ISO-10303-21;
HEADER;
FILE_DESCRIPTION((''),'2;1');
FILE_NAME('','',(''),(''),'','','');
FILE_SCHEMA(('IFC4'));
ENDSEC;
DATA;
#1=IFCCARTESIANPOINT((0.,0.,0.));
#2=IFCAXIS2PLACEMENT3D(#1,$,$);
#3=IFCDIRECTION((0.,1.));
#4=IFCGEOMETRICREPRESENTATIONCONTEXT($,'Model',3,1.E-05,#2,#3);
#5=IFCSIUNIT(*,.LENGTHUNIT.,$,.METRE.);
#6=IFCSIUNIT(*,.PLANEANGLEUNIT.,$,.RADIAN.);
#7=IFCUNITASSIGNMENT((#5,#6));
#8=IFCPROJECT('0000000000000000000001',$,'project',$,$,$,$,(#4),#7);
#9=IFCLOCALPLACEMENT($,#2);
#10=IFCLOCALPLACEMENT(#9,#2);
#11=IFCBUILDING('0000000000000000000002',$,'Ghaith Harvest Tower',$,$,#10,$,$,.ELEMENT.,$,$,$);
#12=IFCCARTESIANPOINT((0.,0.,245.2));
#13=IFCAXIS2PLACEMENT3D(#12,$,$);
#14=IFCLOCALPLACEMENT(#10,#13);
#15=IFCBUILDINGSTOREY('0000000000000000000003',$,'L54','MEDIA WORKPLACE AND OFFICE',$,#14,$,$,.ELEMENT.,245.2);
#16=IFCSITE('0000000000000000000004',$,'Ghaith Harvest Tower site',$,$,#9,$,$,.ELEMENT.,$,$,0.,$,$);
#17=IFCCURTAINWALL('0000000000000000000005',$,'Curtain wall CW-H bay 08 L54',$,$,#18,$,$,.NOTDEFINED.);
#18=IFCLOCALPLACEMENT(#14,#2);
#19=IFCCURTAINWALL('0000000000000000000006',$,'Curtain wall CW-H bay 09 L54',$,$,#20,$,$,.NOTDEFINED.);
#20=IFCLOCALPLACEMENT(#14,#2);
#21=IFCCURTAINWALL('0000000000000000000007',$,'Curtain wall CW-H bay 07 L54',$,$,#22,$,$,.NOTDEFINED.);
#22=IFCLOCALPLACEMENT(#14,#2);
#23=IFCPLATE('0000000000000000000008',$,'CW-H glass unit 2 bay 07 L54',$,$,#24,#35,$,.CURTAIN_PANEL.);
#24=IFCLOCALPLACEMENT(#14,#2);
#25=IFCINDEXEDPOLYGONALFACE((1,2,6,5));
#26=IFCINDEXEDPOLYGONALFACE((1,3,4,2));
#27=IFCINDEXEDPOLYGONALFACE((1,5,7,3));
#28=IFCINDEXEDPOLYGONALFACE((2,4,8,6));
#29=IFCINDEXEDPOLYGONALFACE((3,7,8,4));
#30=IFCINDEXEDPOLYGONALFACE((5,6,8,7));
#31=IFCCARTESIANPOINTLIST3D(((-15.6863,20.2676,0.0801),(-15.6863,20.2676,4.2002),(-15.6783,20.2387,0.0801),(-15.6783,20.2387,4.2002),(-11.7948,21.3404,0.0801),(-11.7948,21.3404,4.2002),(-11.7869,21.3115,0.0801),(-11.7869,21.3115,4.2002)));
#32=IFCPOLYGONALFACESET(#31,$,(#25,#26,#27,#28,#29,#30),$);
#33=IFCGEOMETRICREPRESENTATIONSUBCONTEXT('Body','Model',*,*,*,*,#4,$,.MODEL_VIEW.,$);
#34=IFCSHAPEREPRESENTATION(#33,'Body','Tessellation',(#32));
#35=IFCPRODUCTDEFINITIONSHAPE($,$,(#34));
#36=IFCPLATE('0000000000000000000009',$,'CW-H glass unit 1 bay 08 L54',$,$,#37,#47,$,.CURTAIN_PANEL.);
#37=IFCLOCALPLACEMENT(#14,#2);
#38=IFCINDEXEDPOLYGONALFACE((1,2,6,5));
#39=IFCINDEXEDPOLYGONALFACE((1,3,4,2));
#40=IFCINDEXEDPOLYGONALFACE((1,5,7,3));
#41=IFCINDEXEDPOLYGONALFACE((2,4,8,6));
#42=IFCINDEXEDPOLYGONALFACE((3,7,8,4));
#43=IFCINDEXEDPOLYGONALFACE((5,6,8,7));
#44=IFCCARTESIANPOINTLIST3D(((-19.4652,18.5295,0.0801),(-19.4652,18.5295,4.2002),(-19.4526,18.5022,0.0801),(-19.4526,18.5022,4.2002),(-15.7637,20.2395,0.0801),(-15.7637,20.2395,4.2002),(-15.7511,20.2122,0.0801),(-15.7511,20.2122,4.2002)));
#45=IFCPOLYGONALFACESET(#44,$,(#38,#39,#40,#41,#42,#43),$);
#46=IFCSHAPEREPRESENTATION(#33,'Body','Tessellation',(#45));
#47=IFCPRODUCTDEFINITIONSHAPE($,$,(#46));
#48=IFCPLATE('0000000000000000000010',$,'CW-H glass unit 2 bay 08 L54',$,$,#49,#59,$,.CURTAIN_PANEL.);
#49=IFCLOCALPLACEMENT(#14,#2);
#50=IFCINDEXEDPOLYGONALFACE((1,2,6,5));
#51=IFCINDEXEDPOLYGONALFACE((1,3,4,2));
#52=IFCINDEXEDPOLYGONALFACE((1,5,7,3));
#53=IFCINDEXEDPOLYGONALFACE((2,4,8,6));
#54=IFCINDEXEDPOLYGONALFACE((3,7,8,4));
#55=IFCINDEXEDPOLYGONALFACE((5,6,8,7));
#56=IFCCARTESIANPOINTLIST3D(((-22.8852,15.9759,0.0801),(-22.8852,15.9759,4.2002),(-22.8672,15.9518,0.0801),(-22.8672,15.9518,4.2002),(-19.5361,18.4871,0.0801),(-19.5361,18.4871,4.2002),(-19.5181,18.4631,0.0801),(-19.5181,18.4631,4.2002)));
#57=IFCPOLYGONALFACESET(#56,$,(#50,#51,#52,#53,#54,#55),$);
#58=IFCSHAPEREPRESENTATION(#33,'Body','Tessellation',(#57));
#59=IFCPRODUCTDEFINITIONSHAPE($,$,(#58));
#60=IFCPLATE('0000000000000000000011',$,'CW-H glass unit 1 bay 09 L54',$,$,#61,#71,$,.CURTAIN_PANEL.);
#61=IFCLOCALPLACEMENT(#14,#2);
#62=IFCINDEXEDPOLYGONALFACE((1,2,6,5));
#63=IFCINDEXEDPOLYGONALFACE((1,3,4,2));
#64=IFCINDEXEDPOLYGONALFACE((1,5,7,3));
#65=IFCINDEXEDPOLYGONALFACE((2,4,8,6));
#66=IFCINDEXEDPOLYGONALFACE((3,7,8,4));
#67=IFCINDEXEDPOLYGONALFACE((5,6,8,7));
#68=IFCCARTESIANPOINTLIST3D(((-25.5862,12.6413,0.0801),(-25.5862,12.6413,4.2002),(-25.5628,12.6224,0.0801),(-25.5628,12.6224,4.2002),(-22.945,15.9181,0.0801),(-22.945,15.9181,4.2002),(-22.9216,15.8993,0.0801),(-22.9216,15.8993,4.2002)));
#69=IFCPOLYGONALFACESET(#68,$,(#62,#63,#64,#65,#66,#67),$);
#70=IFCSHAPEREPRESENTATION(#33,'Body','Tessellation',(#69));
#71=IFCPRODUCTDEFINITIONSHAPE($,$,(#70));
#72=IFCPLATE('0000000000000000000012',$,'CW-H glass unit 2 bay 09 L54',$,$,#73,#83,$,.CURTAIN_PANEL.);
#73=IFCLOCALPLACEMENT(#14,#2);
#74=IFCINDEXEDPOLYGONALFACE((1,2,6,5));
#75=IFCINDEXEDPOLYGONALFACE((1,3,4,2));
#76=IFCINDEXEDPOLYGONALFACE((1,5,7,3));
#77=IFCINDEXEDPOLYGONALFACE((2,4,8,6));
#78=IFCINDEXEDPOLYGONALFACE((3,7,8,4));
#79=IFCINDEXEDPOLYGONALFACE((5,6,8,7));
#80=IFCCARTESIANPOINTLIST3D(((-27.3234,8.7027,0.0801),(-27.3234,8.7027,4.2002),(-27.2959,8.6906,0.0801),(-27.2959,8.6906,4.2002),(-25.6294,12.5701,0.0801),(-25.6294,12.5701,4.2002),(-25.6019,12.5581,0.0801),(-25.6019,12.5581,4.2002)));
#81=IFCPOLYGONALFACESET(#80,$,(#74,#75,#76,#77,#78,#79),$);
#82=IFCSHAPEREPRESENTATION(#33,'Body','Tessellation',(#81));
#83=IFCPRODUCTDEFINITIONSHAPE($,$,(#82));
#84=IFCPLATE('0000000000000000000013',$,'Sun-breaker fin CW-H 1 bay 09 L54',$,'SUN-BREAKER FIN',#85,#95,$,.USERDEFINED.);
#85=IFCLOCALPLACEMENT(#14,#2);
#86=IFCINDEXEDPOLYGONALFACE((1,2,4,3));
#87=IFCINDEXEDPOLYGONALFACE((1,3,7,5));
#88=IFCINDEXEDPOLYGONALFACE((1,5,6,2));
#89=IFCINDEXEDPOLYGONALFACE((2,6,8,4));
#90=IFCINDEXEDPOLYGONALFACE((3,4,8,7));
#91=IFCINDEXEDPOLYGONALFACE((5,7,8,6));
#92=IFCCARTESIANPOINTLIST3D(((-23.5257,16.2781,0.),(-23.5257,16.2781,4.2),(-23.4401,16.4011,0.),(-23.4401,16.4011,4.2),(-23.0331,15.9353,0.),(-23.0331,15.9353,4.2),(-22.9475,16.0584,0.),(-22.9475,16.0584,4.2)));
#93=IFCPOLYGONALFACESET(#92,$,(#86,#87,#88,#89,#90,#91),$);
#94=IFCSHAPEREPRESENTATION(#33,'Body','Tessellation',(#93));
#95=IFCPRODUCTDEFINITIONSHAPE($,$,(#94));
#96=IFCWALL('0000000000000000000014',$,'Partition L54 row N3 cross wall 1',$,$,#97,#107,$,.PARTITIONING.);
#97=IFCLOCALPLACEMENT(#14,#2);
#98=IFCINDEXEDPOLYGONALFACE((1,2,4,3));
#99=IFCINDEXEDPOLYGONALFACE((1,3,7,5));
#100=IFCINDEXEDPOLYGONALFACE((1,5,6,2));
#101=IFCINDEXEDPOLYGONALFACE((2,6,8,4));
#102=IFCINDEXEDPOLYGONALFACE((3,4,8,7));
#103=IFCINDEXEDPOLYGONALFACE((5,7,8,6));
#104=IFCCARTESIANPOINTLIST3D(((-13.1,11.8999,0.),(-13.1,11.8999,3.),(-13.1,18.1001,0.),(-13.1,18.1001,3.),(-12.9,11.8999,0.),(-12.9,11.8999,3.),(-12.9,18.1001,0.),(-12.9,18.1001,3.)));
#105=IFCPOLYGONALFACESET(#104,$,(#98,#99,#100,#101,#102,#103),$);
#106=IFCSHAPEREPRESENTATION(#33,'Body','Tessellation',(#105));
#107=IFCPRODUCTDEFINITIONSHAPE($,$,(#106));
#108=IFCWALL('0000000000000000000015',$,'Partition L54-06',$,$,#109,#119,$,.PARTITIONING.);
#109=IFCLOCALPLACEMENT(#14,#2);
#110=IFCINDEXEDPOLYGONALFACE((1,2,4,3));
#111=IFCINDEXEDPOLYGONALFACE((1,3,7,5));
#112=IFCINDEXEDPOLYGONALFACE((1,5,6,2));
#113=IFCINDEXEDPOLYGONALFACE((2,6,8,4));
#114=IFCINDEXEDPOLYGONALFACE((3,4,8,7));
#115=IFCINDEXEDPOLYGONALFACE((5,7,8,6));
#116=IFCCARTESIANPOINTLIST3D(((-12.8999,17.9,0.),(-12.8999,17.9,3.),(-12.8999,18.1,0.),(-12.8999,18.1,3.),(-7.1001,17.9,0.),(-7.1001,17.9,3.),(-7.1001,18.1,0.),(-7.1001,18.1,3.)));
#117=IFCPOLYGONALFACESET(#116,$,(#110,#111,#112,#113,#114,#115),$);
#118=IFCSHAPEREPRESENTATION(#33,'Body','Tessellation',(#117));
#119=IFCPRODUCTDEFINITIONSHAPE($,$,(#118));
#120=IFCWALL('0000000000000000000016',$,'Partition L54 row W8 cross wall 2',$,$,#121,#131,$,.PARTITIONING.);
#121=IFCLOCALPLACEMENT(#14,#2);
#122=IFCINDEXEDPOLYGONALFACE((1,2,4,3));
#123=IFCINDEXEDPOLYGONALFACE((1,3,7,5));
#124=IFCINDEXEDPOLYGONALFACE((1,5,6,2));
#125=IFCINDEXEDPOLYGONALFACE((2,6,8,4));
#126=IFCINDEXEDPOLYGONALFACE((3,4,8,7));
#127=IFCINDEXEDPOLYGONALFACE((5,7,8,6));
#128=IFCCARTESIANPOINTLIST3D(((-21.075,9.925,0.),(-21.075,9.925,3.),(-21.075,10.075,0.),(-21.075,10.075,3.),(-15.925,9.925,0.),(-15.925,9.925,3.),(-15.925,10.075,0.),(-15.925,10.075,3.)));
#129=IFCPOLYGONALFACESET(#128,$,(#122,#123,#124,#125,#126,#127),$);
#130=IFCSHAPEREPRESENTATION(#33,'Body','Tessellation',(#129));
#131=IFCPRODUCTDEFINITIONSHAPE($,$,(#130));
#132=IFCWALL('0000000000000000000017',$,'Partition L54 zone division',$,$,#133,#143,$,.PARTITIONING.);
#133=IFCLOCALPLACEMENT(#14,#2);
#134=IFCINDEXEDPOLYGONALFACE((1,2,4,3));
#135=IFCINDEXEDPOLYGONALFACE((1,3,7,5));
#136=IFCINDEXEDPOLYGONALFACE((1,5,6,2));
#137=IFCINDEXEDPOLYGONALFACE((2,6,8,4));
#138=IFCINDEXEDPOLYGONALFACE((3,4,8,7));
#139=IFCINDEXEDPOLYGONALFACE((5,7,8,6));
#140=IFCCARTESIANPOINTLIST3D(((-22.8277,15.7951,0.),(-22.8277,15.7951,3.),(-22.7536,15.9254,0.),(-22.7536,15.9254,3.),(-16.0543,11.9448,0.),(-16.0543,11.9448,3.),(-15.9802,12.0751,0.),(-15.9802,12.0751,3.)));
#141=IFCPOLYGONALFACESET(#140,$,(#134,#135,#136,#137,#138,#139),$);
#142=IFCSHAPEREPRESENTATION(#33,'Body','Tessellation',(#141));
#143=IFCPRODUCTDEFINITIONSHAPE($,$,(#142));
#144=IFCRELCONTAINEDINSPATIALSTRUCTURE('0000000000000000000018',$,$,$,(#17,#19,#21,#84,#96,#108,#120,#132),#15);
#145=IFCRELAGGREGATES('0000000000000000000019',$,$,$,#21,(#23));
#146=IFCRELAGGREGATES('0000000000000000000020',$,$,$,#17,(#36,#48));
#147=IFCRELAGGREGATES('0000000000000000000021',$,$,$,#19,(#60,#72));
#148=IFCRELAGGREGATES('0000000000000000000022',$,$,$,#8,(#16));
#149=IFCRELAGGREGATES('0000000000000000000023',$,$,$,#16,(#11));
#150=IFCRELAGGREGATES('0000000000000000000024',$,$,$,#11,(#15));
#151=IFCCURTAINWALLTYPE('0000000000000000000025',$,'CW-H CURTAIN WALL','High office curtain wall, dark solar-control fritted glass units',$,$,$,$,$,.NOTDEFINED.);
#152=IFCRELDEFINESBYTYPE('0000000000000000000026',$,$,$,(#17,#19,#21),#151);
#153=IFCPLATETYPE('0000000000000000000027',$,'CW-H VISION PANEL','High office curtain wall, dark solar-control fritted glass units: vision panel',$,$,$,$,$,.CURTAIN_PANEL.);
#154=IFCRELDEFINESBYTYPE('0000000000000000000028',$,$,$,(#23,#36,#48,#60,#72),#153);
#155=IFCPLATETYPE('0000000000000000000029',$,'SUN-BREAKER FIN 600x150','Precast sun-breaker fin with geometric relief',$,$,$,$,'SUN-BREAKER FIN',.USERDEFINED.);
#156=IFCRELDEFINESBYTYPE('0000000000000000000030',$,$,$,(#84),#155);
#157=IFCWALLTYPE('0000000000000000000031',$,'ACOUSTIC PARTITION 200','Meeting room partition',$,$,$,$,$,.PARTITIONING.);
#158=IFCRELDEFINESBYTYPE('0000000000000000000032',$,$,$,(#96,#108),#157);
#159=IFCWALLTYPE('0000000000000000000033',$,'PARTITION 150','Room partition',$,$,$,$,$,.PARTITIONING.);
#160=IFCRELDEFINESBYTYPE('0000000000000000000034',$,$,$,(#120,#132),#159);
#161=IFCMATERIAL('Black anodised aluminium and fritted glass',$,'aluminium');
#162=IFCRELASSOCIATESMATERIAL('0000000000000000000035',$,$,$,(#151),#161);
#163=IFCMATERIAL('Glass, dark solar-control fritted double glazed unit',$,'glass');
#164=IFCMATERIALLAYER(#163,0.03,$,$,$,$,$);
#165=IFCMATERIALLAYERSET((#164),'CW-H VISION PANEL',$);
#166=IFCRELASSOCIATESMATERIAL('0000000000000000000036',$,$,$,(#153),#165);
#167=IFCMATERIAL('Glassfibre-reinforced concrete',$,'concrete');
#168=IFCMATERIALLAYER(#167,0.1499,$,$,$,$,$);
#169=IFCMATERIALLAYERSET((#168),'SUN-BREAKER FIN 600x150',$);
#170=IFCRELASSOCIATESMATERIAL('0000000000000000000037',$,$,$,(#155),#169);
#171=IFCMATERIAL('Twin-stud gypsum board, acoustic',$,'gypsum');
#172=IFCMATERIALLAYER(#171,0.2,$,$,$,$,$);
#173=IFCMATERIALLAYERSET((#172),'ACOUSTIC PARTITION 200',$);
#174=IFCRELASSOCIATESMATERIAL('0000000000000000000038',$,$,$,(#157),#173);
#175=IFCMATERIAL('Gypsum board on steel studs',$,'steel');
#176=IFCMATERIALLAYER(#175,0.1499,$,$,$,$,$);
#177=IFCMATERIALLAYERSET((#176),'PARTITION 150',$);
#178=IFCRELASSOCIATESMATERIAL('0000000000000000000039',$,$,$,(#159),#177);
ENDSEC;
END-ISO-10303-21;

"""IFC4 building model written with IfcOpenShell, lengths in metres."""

from ifc_helpers import new_model, si_unit, direction, frame, frame_2d, origin, origin_2d, place, context, subcontext, project, spatial, rectangle, extrude, material, layer, layer_set, type_object, element, aggregate, save


model = new_model("IFC4")

# Units and contexts
model_context = context("Model", 3, precision=1e-05, world=origin(), true_north=direction((0.0, 1.0)))
body_context = subcontext(model_context, "Body", "Model", "MODEL_VIEW")
ifc_project = project(units=[si_unit("LENGTHUNIT", "METRE"), si_unit("PLANEANGLEUNIT", "RADIAN")], contexts=[model_context])

# Site, building, storey
site_placement = place(None, origin())
site = spatial("IfcSite", under=ifc_project, at=site_placement, Name="Ghaith Harvest Tower site", CompositionType="ELEMENT", RefElevation=0.0)
building_placement = place(site_placement, origin())
building = spatial("IfcBuilding", under=site, at=building_placement, Name="Ghaith Harvest Tower", CompositionType="ELEMENT")
storey_placement = place(building_placement, frame((0.0, 0.0, 245.2)))
storey = spatial("IfcBuildingStorey", under=building, at=storey_placement, Name="L54", Description="MEDIA WORKPLACE AND OFFICE", CompositionType="ELEMENT", Elevation=245.2)

# Curtain walls
ifc_material_1 = material(Name="Black anodised aluminium and fritted glass", Category="aluminium")
curtain_wall_type = type_object("IfcCurtainWallType", Name="CW-H CURTAIN WALL", Description="High office curtain wall, dark solar-control fritted glass units", PredefinedType="NOTDEFINED", material=ifc_material_1)
curtain_wall_1_placement = place(storey_placement, origin())
curtain_wall_1 = element("IfcCurtainWall", 1, at=curtain_wall_1_placement, inside=storey, type_object=curtain_wall_type, Name="Curtain wall CW-H bay 08 L54", PredefinedType="NOTDEFINED")
curtain_wall_2_placement = place(storey_placement, origin())
curtain_wall_2 = element("IfcCurtainWall", 2, at=curtain_wall_2_placement, inside=storey, type_object=curtain_wall_type, Name="Curtain wall CW-H bay 09 L54", PredefinedType="NOTDEFINED")

# Curtain wall
curtain_wall_3_placement = place(storey_placement, origin())
curtain_wall_3 = element("IfcCurtainWall", 3, at=curtain_wall_3_placement, inside=storey, type_object=curtain_wall_type, Name="Curtain wall CW-H bay 07 L54", PredefinedType="NOTDEFINED")

# Plates
ifc_material_2 = material(Name="Glass, dark solar-control fritted double glazed unit", Category="glass")
ifc_layer_1 = layer(ifc_material_2, 0.03)
ifc_layer_set_1 = layer_set([ifc_layer_1], Name="CW-H VISION PANEL")
plate_type_1 = type_object("IfcPlateType", Name="CW-H VISION PANEL", Description="High office curtain wall, dark solar-control fritted glass units: vision panel", PredefinedType="CURTAIN_PANEL", material=ifc_layer_set_1)
plate_1_placement = place(storey_placement, frame((-13.7366, 20.7896, 0.0801), z_axis=(0.0, 0.0, 1.0), x_axis=(-0.964034, -0.265779, 0.0)))
plate_1 = element("IfcPlate", 4, at=plate_1_placement, type_object=plate_type_1, Name="CW-H glass unit 2 bay 07 L54", PredefinedType="CURTAIN_PANEL", context=body_context, shape_type="SweptSolid", body=[
    extrude(rectangle(XDim=4.0366, YDim=0.03, at=origin_2d()), origin(), (0.0, 0.0, 1.0), 4.1201),
])
aggregate(curtain_wall_3, [plate_1])
plate_2_placement = place(storey_placement, frame((-17.6082, 19.3708, 0.0801), z_axis=(0.0, 0.0, 1.0), x_axis=(-0.907814, -0.419372, 0.0)))
plate_2 = element("IfcPlate", 5, at=plate_2_placement, type_object=plate_type_1, Name="CW-H glass unit 1 bay 08 L54", PredefinedType="CURTAIN_PANEL", context=body_context, shape_type="SweptSolid", body=[
    extrude(rectangle(XDim=4.0774, YDim=0.03, at=origin_2d()), origin(), (0.0, 0.0, 1.0), 4.1201),
])
plate_3_placement = place(storey_placement, frame((-21.2017, 17.2195, 0.0801), z_axis=(0.0, 0.0, 1.0), x_axis=(-0.800067, -0.599911, 0.0)))
plate_3 = element("IfcPlate", 6, at=plate_3_placement, type_object=plate_type_1, Name="CW-H glass unit 2 bay 08 L54", PredefinedType="CURTAIN_PANEL", context=body_context, shape_type="SweptSolid", body=[
    extrude(rectangle(XDim=4.186, YDim=0.03, at=origin_2d()), origin(), (0.0, 0.0, 1.0), 4.1201),
])
aggregate(curtain_wall_1, [plate_2, plate_3])
plate_4_placement = place(storey_placement, frame((-24.2539, 14.2703, 0.0801), z_axis=(0.0, 0.0, 1.0), x_axis=(-0.627548, -0.778578, 0.0)))
plate_4 = element("IfcPlate", 7, at=plate_4_placement, type_object=plate_type_1, Name="CW-H glass unit 1 bay 09 L54", PredefinedType="CURTAIN_PANEL", context=body_context, shape_type="SweptSolid", body=[
    extrude(rectangle(XDim=4.2087, YDim=0.03, at=origin_2d()), origin(), (0.0, 0.0, 1.0), 4.1201),
])
plate_5_placement = place(storey_placement, frame((-26.4626, 10.6304, 0.0801), z_axis=(0.0, 0.0, 1.0), x_axis=(-0.401213, -0.915985, 0.0)))
plate_5 = element("IfcPlate", 8, at=plate_5_placement, type_object=plate_type_1, Name="CW-H glass unit 2 bay 09 L54", PredefinedType="CURTAIN_PANEL", context=body_context, shape_type="SweptSolid", body=[
    extrude(rectangle(XDim=4.2222, YDim=0.03, at=origin_2d()), origin(), (0.0, 0.0, 1.0), 4.1201),
])
aggregate(curtain_wall_2, [plate_4, plate_5])
ifc_material_3 = material(Name="Glassfibre-reinforced concrete", Category="concrete")
ifc_layer_2 = layer(ifc_material_3, 0.1499)
ifc_layer_set_2 = layer_set([ifc_layer_2], Name="SUN-BREAKER FIN 600x150")
plate_type_2 = type_object("IfcPlateType", Name="SUN-BREAKER FIN 600x150", Description="Precast sun-breaker fin with geometric relief", ElementType="SUN-BREAKER FIN", PredefinedType="USERDEFINED", material=ifc_layer_set_2)
plate_6_placement = place(storey_placement, frame((-23.2366, 16.1682, 0.0), z_axis=(0.0, 0.0, 1.0), x_axis=(-0.820845, 0.57115, 0.0)))
element("IfcPlate", 9, at=plate_6_placement, inside=storey, type_object=plate_type_2, Name="Sun-breaker fin CW-H 1 bay 09 L54", ObjectType="SUN-BREAKER FIN", PredefinedType="USERDEFINED", context=body_context, shape_type="SweptSolid", body=[
    extrude(rectangle(XDim=0.6001, YDim=0.1499, at=origin_2d()), origin(), (0.0, 0.0, 1.0), 4.2),
])

# Wall
ifc_material_4 = material(Name="Twin-stud gypsum board, acoustic", Category="gypsum")
ifc_layer_3 = layer(ifc_material_4, 0.2)
ifc_layer_set_3 = layer_set([ifc_layer_3], Name="ACOUSTIC PARTITION 200")
wall_type_1 = type_object("IfcWallType", Name="ACOUSTIC PARTITION 200", Description="Meeting room partition", PredefinedType="PARTITIONING", material=ifc_layer_set_3)
wall_1_placement = place(storey_placement, frame((-13.0, 11.8999, 0.0), z_axis=(0.0, 0.0, 1.0), x_axis=(0.0, 1.0, 0.0)))
element("IfcWall", 10, at=wall_1_placement, inside=storey, type_object=wall_type_1, Name="Partition L54 row N3 cross wall 1", PredefinedType="PARTITIONING", context=body_context, shape_type="SweptSolid", body=[
    extrude(rectangle(XDim=6.2002, YDim=0.2, at=frame_2d((3.1001, 0.0))), origin(), (0.0, 0.0, 1.0), 3.0),
])

# Wall
wall_2_placement = place(storey_placement, frame((-12.8999, 18.0, 0.0), z_axis=(0.0, 0.0, 1.0), x_axis=(1.0, 0.0, 0.0)))
element("IfcWall", 11, at=wall_2_placement, inside=storey, type_object=wall_type_1, Name="Partition L54-06", PredefinedType="PARTITIONING", context=body_context, shape_type="SweptSolid", body=[
    extrude(rectangle(XDim=5.7998, YDim=0.2, at=frame_2d((2.8999, 0.0))), origin(), (0.0, 0.0, 1.0), 3.0),
])

# Walls
ifc_material_5 = material(Name="Gypsum board on steel studs", Category="steel")
ifc_layer_4 = layer(ifc_material_5, 0.1499)
ifc_layer_set_4 = layer_set([ifc_layer_4], Name="PARTITION 150")
wall_type_2 = type_object("IfcWallType", Name="PARTITION 150", Description="Room partition", PredefinedType="PARTITIONING", material=ifc_layer_set_4)
wall_3_placement = place(storey_placement, frame((-15.925, 10.0, 0.0), z_axis=(0.0, 0.0, 1.0), x_axis=(-1.0, 0.0, 0.0)))
element("IfcWall", 12, at=wall_3_placement, inside=storey, type_object=wall_type_2, Name="Partition L54 row W8 cross wall 2", PredefinedType="PARTITIONING", context=body_context, shape_type="SweptSolid", body=[
    extrude(rectangle(XDim=5.1499, YDim=0.1499, at=frame_2d((2.575, 0.0))), origin(), (0.0, 0.0, 1.0), 3.0),
])
wall_4_placement = place(storey_placement, frame((-16.0173, 12.01, 0.0), z_axis=(0.0, 0.0, 1.0), x_axis=(-0.869357, 0.494184, 0.0)))
element("IfcWall", 13, at=wall_4_placement, inside=storey, type_object=wall_type_2, Name="Partition L54 zone division", PredefinedType="PARTITIONING", context=body_context, shape_type="SweptSolid", body=[
    extrude(rectangle(XDim=7.7913, YDim=0.1499, at=frame_2d((3.8955, 0.0))), origin(), (0.0, 0.0, 1.0), 3.0),
])

save(model, "model.ifc")
